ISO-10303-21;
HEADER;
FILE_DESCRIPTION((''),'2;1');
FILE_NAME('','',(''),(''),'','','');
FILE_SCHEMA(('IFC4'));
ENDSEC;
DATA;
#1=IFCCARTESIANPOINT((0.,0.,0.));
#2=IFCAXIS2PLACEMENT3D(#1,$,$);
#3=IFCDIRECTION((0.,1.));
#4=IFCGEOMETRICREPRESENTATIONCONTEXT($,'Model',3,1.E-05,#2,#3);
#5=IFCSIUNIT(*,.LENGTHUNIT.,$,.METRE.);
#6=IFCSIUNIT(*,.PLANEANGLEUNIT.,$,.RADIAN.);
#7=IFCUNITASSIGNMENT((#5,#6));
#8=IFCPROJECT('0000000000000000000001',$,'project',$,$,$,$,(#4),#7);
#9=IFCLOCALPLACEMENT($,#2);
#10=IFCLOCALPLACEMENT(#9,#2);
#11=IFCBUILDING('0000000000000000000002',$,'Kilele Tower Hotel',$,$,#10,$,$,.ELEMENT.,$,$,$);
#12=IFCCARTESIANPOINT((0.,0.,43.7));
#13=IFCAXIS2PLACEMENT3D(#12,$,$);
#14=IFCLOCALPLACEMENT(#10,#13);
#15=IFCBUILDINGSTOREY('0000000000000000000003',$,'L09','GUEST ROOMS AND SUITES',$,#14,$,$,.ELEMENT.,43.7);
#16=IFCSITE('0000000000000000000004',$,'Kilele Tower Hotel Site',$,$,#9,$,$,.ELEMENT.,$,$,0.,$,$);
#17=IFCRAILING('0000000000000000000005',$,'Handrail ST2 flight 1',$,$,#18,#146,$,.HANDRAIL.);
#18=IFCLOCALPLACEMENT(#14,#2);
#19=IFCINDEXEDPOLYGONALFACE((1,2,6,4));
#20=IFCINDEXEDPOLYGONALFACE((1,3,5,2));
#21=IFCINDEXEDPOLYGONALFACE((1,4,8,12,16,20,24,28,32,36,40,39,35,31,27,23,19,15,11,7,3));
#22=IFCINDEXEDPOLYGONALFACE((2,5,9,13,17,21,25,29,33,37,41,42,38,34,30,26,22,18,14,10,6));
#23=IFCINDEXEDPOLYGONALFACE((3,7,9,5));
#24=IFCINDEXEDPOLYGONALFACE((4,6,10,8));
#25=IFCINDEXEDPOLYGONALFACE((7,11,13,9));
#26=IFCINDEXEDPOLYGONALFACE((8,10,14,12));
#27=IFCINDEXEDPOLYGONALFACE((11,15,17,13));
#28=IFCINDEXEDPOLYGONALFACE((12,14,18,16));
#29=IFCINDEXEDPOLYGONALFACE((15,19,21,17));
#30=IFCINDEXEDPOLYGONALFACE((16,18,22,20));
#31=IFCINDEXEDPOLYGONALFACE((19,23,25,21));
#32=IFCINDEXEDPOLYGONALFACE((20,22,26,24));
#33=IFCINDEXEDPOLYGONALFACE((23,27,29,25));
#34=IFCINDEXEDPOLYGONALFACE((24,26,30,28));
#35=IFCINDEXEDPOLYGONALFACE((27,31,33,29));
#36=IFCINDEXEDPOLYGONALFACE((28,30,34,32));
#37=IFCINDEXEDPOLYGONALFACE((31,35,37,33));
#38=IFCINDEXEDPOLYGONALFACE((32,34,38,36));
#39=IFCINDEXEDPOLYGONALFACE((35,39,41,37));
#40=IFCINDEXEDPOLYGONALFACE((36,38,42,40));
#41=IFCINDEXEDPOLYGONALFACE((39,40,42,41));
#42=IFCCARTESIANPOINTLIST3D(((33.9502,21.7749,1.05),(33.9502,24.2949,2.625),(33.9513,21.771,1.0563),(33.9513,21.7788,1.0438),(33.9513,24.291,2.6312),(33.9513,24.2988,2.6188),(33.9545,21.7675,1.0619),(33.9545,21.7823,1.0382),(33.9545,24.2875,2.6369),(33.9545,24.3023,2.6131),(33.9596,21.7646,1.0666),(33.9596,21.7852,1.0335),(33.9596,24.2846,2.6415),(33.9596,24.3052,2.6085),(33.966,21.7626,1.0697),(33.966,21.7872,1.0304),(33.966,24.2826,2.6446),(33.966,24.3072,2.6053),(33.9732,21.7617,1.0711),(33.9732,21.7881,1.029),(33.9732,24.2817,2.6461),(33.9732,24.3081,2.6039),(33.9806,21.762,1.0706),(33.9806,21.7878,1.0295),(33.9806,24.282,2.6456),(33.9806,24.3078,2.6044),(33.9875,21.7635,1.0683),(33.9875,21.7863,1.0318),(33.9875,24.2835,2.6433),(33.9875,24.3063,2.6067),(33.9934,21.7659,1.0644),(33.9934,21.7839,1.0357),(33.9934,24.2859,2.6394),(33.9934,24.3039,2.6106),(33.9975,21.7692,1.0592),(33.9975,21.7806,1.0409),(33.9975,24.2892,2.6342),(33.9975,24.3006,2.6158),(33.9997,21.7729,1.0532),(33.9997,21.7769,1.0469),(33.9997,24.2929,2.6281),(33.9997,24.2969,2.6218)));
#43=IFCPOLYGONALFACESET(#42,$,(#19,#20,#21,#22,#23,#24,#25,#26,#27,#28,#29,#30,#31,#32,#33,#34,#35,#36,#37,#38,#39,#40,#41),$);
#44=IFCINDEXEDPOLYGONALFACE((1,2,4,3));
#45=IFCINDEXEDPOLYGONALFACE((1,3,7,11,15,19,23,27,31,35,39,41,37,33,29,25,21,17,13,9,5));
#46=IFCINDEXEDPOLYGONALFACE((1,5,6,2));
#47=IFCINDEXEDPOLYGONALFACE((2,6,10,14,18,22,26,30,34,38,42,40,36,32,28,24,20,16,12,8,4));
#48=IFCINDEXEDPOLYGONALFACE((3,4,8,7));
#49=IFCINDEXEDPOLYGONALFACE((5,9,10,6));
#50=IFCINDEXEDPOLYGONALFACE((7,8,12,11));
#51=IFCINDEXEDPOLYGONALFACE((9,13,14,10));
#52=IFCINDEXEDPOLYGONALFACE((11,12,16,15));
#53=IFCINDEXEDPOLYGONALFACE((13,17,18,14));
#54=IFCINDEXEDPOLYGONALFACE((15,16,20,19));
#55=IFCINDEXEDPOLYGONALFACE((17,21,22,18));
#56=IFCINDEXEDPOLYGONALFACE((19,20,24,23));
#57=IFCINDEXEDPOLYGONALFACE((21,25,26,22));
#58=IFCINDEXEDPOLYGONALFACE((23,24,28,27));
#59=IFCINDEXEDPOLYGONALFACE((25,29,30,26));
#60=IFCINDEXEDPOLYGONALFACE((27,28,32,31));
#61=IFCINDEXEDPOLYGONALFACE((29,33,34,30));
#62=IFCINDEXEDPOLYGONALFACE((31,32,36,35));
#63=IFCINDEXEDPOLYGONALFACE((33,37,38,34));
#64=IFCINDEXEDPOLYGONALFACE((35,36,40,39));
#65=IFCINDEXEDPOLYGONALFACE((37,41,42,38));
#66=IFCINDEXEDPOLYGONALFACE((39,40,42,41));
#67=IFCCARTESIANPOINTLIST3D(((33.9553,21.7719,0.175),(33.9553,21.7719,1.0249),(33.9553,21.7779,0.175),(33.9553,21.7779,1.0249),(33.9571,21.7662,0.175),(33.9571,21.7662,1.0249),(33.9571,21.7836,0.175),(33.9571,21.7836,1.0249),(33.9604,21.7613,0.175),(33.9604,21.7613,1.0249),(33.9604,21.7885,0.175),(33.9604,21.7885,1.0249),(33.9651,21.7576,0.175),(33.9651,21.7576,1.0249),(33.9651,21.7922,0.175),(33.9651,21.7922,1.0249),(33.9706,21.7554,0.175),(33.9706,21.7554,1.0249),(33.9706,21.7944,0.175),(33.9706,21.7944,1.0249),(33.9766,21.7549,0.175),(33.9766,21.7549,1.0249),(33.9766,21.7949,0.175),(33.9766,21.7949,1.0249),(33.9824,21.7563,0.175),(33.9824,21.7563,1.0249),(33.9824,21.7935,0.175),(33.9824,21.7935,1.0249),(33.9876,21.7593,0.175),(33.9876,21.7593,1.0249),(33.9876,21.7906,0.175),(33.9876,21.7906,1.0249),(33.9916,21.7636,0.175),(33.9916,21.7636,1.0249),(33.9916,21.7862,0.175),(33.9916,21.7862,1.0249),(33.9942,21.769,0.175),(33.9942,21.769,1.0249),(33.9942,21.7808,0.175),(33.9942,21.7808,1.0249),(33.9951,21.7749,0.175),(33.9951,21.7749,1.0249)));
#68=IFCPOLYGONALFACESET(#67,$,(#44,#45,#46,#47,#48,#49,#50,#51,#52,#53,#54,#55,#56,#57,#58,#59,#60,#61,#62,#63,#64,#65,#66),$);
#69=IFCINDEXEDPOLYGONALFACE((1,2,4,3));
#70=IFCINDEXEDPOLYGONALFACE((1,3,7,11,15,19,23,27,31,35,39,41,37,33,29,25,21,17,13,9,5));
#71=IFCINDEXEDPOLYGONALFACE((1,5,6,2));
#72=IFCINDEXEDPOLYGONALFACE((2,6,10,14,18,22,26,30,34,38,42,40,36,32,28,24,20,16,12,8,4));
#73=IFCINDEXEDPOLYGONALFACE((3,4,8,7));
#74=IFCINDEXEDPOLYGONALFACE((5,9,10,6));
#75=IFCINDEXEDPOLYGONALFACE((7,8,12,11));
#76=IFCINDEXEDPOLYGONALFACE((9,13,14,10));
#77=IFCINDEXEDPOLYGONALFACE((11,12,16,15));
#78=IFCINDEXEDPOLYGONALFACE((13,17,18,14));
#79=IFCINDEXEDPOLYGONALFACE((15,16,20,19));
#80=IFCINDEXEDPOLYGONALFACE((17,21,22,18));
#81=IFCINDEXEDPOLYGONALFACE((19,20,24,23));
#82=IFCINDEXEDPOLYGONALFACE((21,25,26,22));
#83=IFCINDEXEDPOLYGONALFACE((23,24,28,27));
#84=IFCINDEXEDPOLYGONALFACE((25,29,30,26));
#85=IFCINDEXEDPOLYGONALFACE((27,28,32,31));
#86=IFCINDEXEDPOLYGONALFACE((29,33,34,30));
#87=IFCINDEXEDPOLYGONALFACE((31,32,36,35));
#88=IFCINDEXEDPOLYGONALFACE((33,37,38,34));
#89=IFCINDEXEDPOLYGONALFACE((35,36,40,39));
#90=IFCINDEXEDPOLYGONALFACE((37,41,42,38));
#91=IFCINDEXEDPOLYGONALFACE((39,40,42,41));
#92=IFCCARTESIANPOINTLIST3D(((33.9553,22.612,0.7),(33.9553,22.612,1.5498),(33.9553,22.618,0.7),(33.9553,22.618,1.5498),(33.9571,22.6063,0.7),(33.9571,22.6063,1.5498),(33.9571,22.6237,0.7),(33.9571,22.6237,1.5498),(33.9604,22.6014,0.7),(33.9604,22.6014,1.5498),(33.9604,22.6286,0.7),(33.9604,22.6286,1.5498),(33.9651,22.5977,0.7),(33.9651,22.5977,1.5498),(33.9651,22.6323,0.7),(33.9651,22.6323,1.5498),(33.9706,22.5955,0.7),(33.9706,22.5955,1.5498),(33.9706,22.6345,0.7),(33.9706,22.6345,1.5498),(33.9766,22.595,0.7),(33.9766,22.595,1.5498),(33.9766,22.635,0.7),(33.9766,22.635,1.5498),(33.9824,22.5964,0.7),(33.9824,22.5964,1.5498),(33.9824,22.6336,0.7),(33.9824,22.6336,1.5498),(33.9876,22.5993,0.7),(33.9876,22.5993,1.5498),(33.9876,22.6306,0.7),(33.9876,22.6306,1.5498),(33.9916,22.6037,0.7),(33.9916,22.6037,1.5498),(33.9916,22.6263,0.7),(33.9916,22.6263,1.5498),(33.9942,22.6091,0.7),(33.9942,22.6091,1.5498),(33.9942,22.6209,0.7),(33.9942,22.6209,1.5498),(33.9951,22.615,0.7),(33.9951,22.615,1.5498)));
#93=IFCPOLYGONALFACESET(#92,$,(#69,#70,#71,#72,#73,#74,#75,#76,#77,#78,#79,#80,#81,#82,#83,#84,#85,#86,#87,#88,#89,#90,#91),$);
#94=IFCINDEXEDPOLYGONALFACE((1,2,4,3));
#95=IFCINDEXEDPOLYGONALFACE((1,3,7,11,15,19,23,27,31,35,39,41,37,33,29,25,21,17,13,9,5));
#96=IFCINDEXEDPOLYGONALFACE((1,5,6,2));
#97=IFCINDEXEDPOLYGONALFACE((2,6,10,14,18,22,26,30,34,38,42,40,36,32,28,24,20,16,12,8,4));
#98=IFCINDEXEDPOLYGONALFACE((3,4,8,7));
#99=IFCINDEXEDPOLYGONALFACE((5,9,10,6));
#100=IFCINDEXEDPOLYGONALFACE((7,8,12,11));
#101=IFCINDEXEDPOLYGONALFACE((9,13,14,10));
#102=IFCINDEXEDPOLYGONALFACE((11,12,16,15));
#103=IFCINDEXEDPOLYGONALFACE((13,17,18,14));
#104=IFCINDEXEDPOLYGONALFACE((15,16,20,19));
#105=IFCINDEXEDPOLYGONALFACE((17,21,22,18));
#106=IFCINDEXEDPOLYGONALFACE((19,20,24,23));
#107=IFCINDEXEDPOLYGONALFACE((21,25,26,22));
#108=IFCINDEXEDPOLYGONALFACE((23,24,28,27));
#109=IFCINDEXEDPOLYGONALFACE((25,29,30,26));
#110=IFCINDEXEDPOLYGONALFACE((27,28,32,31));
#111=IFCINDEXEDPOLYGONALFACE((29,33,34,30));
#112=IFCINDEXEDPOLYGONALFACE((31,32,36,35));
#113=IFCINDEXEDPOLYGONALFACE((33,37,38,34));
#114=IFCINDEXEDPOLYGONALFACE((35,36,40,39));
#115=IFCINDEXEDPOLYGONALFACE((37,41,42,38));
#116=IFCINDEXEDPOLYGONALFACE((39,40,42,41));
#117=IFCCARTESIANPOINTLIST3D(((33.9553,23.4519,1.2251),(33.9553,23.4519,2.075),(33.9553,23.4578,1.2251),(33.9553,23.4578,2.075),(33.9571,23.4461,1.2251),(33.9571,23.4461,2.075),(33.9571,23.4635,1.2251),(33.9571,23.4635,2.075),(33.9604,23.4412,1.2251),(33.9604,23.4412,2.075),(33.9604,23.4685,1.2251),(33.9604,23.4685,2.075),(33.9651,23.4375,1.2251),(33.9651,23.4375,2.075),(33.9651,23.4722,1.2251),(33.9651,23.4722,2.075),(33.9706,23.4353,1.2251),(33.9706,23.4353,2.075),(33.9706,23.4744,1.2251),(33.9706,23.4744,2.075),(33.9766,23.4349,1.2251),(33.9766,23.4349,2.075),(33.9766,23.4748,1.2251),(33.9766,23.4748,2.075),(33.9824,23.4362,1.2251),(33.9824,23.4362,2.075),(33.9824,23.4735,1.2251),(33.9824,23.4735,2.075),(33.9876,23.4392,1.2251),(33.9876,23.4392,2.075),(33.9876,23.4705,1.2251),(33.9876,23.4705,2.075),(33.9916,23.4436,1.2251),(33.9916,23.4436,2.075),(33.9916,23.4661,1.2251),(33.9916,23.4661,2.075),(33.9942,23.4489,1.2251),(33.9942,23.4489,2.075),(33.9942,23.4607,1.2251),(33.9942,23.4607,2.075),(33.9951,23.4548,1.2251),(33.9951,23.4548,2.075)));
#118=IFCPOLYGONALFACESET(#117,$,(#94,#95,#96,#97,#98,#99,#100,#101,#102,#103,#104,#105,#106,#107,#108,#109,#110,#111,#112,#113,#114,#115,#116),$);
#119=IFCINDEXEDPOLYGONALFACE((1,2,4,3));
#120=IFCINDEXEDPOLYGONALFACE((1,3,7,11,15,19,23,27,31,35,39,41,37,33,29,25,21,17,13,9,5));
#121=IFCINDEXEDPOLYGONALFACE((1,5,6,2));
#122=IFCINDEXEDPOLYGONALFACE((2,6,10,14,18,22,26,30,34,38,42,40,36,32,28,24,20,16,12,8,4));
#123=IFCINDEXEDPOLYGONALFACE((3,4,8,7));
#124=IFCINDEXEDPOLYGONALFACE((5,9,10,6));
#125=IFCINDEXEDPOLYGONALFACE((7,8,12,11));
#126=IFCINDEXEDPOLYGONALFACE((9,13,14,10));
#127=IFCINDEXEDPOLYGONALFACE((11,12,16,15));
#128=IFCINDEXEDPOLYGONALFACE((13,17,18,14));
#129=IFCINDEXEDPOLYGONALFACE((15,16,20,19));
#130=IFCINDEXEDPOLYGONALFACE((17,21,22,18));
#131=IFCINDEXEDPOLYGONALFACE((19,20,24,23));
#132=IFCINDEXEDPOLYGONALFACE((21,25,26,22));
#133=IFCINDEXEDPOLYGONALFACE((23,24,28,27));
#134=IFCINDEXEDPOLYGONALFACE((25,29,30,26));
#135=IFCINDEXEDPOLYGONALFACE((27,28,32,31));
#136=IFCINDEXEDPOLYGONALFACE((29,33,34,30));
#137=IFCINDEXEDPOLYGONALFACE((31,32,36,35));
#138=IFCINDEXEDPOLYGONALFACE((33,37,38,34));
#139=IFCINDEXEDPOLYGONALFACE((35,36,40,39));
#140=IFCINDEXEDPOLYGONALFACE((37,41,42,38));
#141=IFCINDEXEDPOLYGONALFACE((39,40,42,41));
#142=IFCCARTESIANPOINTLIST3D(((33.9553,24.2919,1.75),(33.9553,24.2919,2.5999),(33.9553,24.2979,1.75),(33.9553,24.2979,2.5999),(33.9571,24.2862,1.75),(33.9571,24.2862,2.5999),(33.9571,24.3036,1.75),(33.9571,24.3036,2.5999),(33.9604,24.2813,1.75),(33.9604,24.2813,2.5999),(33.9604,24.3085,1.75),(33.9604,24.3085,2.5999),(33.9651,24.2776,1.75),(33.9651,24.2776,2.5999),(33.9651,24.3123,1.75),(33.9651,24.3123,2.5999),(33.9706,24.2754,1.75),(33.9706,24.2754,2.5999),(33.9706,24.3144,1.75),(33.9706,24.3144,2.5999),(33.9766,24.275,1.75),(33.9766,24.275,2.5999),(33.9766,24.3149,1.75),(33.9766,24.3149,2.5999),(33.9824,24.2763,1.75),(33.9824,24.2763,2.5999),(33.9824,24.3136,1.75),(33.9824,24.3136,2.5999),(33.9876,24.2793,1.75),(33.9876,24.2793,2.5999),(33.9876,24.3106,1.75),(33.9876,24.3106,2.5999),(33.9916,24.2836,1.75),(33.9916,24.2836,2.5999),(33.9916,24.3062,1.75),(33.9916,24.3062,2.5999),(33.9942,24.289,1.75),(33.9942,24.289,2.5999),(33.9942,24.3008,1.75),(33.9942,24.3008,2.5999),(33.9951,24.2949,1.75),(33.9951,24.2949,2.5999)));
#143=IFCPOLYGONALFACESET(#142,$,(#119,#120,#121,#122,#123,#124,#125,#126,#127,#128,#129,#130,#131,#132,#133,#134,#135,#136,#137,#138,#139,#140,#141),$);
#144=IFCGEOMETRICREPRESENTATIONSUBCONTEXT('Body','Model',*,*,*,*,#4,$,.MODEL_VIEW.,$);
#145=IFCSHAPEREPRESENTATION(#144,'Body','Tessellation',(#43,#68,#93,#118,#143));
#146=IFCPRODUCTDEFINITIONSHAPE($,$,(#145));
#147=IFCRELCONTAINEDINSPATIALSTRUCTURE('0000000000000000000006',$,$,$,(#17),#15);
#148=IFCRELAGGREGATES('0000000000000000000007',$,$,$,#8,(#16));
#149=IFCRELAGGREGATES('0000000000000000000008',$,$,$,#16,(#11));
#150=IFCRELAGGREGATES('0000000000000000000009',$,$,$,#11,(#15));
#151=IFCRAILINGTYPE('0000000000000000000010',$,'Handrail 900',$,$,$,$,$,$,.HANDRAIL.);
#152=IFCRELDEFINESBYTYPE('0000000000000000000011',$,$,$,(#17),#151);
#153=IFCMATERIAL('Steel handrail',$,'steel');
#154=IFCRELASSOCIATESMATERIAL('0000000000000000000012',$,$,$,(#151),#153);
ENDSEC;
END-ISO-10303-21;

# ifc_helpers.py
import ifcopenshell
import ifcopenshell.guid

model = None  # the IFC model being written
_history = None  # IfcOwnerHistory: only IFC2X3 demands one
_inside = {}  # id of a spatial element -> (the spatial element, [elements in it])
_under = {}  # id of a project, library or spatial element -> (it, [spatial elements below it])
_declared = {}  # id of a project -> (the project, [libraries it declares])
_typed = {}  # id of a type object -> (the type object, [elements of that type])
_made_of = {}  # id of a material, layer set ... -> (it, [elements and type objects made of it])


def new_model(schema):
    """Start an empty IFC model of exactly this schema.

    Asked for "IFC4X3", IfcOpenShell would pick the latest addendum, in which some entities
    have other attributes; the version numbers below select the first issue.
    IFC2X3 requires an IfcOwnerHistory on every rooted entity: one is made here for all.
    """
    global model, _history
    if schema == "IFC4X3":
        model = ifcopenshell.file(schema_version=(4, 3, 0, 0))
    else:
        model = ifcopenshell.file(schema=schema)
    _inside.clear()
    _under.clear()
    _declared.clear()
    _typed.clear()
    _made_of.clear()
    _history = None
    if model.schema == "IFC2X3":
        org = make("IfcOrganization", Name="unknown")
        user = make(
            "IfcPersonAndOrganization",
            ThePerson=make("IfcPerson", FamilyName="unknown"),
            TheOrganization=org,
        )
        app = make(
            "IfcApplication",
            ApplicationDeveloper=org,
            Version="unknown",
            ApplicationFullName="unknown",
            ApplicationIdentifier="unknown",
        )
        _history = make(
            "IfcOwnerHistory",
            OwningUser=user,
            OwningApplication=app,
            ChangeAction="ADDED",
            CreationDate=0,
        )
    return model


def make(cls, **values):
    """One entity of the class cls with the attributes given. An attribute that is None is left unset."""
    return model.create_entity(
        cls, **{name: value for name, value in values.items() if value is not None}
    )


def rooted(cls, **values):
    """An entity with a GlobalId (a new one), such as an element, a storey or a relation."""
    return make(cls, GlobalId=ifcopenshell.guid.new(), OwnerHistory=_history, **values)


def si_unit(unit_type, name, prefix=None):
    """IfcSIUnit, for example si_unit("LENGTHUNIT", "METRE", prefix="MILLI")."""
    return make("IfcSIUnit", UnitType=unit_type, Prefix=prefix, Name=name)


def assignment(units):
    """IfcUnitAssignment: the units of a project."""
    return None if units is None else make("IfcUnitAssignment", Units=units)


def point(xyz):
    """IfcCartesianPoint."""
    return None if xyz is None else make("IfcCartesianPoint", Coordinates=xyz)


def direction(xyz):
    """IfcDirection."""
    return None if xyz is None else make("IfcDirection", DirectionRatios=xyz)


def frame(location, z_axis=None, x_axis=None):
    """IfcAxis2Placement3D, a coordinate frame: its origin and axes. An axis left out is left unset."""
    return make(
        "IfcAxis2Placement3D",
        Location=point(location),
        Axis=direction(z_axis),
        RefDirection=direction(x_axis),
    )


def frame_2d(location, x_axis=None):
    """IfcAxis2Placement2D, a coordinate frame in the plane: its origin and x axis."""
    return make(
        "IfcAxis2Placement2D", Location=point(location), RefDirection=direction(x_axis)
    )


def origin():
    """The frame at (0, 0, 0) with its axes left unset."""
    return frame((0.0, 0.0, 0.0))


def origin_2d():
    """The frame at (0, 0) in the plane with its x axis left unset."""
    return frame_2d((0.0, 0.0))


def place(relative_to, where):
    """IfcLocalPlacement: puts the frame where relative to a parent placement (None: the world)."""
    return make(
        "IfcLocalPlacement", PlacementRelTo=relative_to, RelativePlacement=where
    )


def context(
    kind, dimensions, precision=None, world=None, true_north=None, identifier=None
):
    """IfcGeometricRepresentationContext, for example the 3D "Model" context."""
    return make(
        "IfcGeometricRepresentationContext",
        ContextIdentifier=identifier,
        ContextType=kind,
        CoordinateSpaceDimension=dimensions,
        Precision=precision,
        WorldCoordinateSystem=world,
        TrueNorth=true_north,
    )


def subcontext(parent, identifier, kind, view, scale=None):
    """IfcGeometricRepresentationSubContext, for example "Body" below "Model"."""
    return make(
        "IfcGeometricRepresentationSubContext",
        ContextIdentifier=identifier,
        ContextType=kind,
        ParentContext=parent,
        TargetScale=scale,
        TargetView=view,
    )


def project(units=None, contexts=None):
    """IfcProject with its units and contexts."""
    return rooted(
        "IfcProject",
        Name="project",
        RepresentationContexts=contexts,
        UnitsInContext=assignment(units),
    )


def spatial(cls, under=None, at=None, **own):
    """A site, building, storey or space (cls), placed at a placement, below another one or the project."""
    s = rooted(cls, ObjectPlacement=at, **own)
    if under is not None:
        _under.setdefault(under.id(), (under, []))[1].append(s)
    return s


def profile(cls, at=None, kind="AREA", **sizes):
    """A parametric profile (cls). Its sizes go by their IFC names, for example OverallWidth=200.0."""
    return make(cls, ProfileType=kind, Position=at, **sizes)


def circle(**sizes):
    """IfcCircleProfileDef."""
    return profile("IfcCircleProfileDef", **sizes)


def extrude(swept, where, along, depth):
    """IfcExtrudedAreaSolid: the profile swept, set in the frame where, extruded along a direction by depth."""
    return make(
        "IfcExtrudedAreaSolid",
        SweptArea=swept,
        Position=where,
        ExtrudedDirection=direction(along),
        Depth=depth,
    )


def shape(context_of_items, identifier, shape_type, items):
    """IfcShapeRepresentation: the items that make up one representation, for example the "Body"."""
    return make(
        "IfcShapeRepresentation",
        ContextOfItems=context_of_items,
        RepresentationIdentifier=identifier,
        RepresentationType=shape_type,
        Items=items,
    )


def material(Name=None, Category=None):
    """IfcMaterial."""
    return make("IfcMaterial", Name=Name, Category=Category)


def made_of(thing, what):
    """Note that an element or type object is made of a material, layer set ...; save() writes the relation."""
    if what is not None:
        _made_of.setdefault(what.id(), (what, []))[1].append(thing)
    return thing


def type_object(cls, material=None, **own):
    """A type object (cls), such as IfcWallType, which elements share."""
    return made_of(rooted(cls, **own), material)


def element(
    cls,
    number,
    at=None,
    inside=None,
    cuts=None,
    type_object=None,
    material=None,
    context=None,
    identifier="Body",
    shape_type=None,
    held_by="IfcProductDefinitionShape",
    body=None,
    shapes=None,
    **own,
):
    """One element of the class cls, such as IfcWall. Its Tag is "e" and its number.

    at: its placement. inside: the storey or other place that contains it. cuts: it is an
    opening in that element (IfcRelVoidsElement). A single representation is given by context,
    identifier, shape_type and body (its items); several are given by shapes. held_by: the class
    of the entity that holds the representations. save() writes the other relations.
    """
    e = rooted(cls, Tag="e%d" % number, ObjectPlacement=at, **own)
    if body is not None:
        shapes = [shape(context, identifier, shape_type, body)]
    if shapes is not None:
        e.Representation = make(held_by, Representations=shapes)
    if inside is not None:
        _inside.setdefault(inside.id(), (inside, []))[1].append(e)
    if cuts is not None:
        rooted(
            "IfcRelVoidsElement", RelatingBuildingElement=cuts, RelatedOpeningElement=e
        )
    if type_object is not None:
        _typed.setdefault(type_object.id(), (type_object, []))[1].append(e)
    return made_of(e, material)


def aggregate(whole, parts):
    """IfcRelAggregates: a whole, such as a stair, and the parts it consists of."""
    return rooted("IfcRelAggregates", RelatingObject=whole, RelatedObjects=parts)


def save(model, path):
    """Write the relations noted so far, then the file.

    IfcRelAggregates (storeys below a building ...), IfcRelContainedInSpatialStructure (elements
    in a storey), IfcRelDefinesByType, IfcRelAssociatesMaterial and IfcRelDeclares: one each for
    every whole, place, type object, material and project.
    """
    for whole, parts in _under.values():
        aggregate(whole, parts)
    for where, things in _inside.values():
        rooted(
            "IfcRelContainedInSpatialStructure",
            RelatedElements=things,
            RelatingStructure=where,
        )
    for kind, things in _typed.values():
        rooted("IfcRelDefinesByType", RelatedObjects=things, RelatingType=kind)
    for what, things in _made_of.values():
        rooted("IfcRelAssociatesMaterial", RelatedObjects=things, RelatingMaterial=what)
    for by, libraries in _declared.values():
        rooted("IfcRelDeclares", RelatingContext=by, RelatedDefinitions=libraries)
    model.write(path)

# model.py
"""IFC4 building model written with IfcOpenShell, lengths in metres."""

from ifc_helpers import new_model, si_unit, direction, frame, origin, origin_2d, place, context, subcontext, project, spatial, circle, extrude, material, type_object, element, save


model = new_model("IFC4")

# Units and contexts
model_context = context("Model", 3, precision=1e-05, world=origin(), true_north=direction((0.0, 1.0)))
body_context = subcontext(model_context, "Body", "Model", "MODEL_VIEW")
ifc_project = project(units=[si_unit("LENGTHUNIT", "METRE"), si_unit("PLANEANGLEUNIT", "RADIAN")], contexts=[model_context])

# Site, building, storey
site_placement = place(None, origin())
site = spatial("IfcSite", under=ifc_project, at=site_placement, Name="Kilele Tower Hotel Site", CompositionType="ELEMENT", RefElevation=0.0)
building_placement = place(site_placement, origin())
building = spatial("IfcBuilding", under=site, at=building_placement, Name="Kilele Tower Hotel", CompositionType="ELEMENT")
storey_placement = place(building_placement, frame((0.0, 0.0, 43.7)))
storey = spatial("IfcBuildingStorey", under=building, at=storey_placement, Name="L09", Description="GUEST ROOMS AND SUITES", CompositionType="ELEMENT", Elevation=43.7)

# Railing
ifc_material_1 = material(Name="Steel handrail", Category="steel")
railing_type_1 = type_object("IfcRailingType", Name="Handrail 900", PredefinedType="HANDRAIL", material=ifc_material_1)
for number, where, name in (
    (1, (33.9751, 21.7749, 0.175), "Handrail ST2 flight 1"),
):
    element("IfcRailing", number, at=place(storey_placement, frame(where)), inside=storey, type_object=railing_type_1, Name=name, PredefinedType="HANDRAIL", context=body_context, shape_type="SweptSolid", body=[
        extrude(circle(Radius=0.0249, at=origin_2d()), frame((0.0, 0.0, 0.875), z_axis=(0.0, 0.848008, 0.529984), x_axis=(-1.0, 0.0, 0.0)), (0.0, 0.0, 1.0), 2.9717),
        extrude(circle(Radius=0.02, at=origin_2d()), origin(), (0.0, 0.0, 1.0), 0.8499),
        extrude(circle(Radius=0.02, at=origin_2d()), frame((0.0, 0.8401, 0.5249)), (0.0, 0.0, 1.0), 0.8499),
        extrude(circle(Radius=0.02, at=origin_2d()), frame((0.0, 1.6799, 1.05)), (0.0, 0.0, 1.0), 0.8499),
        extrude(circle(Radius=0.02, at=origin_2d()), frame((0.0, 2.52, 1.575)), (0.0, 0.0, 1.0), 0.8499),
    ])

save(model, "model.ifc")
